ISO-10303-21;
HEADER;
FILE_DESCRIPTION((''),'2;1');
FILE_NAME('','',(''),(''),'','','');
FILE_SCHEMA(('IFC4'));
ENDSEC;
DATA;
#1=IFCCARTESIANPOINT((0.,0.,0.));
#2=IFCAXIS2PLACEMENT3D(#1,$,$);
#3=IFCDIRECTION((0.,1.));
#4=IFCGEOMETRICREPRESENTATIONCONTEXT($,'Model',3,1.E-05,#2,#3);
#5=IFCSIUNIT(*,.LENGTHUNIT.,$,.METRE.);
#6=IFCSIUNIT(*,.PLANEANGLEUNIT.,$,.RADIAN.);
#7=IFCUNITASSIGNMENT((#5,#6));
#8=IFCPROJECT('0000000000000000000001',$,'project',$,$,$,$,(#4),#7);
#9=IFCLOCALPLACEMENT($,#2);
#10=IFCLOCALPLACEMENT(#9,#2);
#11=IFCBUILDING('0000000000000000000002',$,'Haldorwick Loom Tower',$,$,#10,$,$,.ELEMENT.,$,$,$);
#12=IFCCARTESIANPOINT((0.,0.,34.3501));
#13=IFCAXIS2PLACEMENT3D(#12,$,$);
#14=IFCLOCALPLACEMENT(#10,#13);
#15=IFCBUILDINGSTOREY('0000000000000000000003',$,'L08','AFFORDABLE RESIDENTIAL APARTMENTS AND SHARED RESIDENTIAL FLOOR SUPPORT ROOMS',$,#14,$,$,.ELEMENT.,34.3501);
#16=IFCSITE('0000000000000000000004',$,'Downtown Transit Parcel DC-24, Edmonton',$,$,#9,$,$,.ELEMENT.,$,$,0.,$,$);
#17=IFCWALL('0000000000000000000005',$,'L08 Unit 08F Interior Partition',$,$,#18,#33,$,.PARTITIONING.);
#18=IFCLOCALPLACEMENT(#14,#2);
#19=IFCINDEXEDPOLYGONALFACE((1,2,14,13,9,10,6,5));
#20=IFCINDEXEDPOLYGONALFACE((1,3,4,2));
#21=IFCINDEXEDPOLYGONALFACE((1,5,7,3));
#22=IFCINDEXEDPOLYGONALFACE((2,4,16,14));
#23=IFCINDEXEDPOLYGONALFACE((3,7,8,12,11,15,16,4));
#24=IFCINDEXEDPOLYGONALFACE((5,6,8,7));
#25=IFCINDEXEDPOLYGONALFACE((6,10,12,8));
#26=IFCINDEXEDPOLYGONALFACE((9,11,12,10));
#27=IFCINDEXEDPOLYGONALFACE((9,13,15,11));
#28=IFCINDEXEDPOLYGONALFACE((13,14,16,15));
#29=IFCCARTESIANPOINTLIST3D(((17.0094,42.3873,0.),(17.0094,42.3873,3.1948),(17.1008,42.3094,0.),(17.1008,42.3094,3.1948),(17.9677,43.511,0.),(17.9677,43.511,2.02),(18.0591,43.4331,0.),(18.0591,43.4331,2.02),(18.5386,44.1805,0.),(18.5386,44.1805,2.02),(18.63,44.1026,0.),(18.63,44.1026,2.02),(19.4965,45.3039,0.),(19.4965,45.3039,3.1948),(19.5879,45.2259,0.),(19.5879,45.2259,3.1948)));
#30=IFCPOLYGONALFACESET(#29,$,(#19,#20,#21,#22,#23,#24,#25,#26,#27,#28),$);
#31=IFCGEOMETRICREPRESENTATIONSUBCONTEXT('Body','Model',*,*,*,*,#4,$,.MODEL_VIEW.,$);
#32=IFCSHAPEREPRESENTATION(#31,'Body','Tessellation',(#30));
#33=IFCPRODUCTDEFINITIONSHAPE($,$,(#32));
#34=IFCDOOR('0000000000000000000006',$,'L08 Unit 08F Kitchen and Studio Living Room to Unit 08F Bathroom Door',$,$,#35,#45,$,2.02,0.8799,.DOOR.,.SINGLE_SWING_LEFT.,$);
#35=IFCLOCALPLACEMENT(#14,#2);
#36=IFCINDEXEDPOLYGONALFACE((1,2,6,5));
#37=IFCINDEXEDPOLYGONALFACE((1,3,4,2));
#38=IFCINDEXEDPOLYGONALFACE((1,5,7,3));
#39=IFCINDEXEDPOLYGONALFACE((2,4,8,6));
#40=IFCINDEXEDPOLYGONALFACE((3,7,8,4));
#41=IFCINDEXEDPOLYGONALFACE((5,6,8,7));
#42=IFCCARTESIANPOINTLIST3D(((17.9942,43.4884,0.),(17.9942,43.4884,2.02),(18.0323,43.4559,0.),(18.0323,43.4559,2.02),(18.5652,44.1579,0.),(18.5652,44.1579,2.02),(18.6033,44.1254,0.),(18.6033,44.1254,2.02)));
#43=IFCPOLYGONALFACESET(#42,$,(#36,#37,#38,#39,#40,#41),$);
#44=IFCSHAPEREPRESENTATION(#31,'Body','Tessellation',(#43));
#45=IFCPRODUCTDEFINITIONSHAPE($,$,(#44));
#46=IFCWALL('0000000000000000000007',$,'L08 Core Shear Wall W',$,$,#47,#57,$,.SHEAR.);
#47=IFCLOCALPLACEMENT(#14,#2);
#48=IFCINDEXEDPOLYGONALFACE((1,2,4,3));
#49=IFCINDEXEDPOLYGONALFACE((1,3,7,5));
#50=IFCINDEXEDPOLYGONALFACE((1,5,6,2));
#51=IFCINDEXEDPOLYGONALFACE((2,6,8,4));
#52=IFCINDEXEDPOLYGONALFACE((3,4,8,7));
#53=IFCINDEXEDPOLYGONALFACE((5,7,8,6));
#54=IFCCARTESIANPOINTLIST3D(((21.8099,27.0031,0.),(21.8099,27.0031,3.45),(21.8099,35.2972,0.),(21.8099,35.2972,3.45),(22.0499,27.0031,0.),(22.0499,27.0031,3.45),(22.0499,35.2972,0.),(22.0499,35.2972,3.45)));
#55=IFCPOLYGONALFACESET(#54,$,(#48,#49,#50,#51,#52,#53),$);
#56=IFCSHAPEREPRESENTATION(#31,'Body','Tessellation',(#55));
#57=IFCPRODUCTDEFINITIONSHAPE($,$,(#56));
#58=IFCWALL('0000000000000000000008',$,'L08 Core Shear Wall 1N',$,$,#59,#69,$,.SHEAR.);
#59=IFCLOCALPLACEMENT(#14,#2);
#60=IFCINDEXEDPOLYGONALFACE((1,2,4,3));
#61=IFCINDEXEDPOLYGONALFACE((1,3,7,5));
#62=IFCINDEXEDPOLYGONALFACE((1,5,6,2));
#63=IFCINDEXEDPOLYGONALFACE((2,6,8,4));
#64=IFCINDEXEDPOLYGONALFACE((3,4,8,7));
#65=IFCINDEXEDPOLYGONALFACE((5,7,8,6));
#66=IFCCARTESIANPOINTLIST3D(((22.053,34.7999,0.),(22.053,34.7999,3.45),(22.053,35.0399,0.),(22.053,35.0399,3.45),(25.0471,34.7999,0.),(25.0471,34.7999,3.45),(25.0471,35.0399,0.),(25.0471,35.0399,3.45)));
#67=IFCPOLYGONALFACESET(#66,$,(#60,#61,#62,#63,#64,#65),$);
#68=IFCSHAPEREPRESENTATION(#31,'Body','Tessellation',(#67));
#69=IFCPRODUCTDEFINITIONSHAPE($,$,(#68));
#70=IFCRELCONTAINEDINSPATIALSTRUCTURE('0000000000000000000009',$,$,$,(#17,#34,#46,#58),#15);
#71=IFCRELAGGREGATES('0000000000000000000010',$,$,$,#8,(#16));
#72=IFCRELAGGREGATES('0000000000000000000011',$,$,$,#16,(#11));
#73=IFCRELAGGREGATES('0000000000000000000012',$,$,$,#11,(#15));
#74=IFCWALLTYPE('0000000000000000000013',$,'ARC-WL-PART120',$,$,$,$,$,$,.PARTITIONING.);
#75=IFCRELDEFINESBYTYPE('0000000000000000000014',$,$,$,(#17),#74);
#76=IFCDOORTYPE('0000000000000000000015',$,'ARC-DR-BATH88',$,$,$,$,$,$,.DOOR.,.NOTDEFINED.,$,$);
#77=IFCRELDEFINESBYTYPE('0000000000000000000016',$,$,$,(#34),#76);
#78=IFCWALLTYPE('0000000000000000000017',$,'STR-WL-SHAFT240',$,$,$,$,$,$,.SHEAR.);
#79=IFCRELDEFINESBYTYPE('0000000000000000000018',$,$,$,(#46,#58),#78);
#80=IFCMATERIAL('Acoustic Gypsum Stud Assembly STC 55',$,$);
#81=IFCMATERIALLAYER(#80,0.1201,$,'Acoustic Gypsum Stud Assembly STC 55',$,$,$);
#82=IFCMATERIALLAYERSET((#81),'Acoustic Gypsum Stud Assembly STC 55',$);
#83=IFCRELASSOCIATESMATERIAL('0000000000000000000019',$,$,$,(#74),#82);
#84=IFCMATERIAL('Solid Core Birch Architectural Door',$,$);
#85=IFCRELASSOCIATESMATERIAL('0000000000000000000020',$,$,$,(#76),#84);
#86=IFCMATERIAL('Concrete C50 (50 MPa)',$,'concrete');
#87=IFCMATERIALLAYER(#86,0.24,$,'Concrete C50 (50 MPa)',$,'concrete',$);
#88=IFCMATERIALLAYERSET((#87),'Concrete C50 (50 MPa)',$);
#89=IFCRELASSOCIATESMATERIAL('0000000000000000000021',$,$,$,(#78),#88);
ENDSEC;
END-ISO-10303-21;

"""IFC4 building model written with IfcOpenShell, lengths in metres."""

from ifc_helpers import new_model, si_unit, direction, frame, frame_2d, origin, place, context, subcontext, project, spatial, rectangle, extrude, material, layer, layer_set, type_object, element, fill, save


model = new_model("IFC4")

# Units and contexts
model_context = context("Model", 3, precision=1e-05, world=origin(), true_north=direction((0.0, 1.0)))
body_context = subcontext(model_context, "Body", "Model", "MODEL_VIEW")
ifc_project = project(units=[si_unit("LENGTHUNIT", "METRE"), si_unit("PLANEANGLEUNIT", "RADIAN")], contexts=[model_context])

# Site, building, storey
site_placement = place(None, origin())
site = spatial("IfcSite", under=ifc_project, at=site_placement, Name="Downtown Transit Parcel DC-24, Edmonton", CompositionType="ELEMENT", RefElevation=0.0)
building_placement = place(site_placement, origin())
building = spatial("IfcBuilding", under=site, at=building_placement, Name="Haldorwick Loom Tower", CompositionType="ELEMENT")
storey_placement = place(building_placement, frame((0.0, 0.0, 34.3501)))
storey = spatial("IfcBuildingStorey", under=building, at=storey_placement, Name="L08", Description="AFFORDABLE RESIDENTIAL APARTMENTS AND SHARED RESIDENTIAL FLOOR SUPPORT ROOMS", CompositionType="ELEMENT", Elevation=34.3501)

# Shared definitions
ifc_material_1 = material(Name="Solid Core Birch Architectural Door")

# Shared definitions
ifc_material_2 = material(Name="Acoustic Gypsum Stud Assembly STC 55")
ifc_layer_1 = layer(ifc_material_2, 0.1201, Name="Acoustic Gypsum Stud Assembly STC 55")
ifc_layer_set_1 = layer_set([ifc_layer_1], Name="Acoustic Gypsum Stud Assembly STC 55")
wall_type_1 = type_object("IfcWallType", Name="ARC-WL-PART120", PredefinedType="PARTITIONING", material=ifc_layer_set_1)

# Wall, opening, door
wall_1_placement = place(storey_placement, frame((19.5422, 45.2649, 0.0), z_axis=(0.0, 0.0, 1.0), x_axis=(-0.648864, -0.760904, 0.0)))
wall_1 = element("IfcWall", 1, at=wall_1_placement, inside=storey, type_object=wall_type_1, Name="L08 Unit 08F Interior Partition", PredefinedType="PARTITIONING", context=body_context, shape_type="SweptSolid", body=[
    extrude(rectangle(XDim=3.833, YDim=0.1201, at=frame_2d((1.9165, 0.0))), origin(), (0.0, 0.0, 1.0), 3.1948),
])
opening_1_placement = place(wall_1_placement, frame((1.4763, 0.0, 0.0)))
opening_1 = element("IfcOpeningElement", 2, at=opening_1_placement, cuts=wall_1, PredefinedType="OPENING", context=body_context, shape_type="SweptSolid", body=[
    extrude(rectangle(XDim=0.8799, YDim=2.02, at=frame_2d((0.4399, 1.01))), frame((0.0, 0.0701, 0.0), z_axis=(0.0, -1.0, 0.0), x_axis=(1.0, 0.0, 0.0)), (0.0, 0.0, 1.0), 0.1401),
])
door_type_1 = type_object("IfcDoorType", Name="ARC-DR-BATH88", OperationType="NOTDEFINED", PredefinedType="DOOR", material=ifc_material_1)
door_1_placement = place(opening_1_placement, origin())
door_1 = element("IfcDoor", 3, at=door_1_placement, inside=storey, type_object=door_type_1, Name="L08 Unit 08F Kitchen and Studio Living Room to Unit 08F Bathroom Door", OperationType="SINGLE_SWING_LEFT", OverallHeight=2.02, OverallWidth=0.8799, PredefinedType="DOOR", context=body_context, shape_type="SweptSolid", body=[
    extrude(rectangle(XDim=0.8799, YDim=2.02, at=frame_2d((0.4399, 1.01))), frame((0.0, 0.0249, 0.0), z_axis=(0.0, -1.0, 0.0), x_axis=(1.0, 0.0, 0.0)), (0.0, 0.0, 1.0), 0.05),
])
fill(opening_1, door_1)

# Walls
ifc_material_3 = material(Name="Concrete C50 (50 MPa)", Category="concrete")
ifc_layer_2 = layer(ifc_material_3, 0.24, Name="Concrete C50 (50 MPa)", Category="concrete")
ifc_layer_set_2 = layer_set([ifc_layer_2], Name="Concrete C50 (50 MPa)")
wall_type_2 = type_object("IfcWallType", Name="STR-WL-SHAFT240", PredefinedType="SHEAR", material=ifc_layer_set_2)
wall_2_placement = place(storey_placement, frame((21.9299, 35.2971, 0.0), z_axis=(0.0, 0.0, 1.0), x_axis=(0.0, -1.0, 0.0)))
element("IfcWall", 4, at=wall_2_placement, inside=storey, type_object=wall_type_2, Name="L08 Core Shear Wall W", PredefinedType="SHEAR", context=body_context, shape_type="SweptSolid", body=[
    extrude(rectangle(XDim=8.2942, YDim=0.24, at=frame_2d((4.147, 0.0))), origin(), (0.0, 0.0, 1.0), 3.45),
])
wall_3_placement = place(storey_placement, frame((22.053, 34.9199, 0.0), z_axis=(0.0, 0.0, 1.0), x_axis=(1.0, 0.0, 0.0)))
element("IfcWall", 5, at=wall_3_placement, inside=storey, type_object=wall_type_2, Name="L08 Core Shear Wall 1N", PredefinedType="SHEAR", context=body_context, shape_type="SweptSolid", body=[
    extrude(rectangle(XDim=2.9941, YDim=0.24, at=frame_2d((1.4971, 0.0))), origin(), (0.0, 0.0, 1.0), 3.45),
])

save(model, "model.ifc")
